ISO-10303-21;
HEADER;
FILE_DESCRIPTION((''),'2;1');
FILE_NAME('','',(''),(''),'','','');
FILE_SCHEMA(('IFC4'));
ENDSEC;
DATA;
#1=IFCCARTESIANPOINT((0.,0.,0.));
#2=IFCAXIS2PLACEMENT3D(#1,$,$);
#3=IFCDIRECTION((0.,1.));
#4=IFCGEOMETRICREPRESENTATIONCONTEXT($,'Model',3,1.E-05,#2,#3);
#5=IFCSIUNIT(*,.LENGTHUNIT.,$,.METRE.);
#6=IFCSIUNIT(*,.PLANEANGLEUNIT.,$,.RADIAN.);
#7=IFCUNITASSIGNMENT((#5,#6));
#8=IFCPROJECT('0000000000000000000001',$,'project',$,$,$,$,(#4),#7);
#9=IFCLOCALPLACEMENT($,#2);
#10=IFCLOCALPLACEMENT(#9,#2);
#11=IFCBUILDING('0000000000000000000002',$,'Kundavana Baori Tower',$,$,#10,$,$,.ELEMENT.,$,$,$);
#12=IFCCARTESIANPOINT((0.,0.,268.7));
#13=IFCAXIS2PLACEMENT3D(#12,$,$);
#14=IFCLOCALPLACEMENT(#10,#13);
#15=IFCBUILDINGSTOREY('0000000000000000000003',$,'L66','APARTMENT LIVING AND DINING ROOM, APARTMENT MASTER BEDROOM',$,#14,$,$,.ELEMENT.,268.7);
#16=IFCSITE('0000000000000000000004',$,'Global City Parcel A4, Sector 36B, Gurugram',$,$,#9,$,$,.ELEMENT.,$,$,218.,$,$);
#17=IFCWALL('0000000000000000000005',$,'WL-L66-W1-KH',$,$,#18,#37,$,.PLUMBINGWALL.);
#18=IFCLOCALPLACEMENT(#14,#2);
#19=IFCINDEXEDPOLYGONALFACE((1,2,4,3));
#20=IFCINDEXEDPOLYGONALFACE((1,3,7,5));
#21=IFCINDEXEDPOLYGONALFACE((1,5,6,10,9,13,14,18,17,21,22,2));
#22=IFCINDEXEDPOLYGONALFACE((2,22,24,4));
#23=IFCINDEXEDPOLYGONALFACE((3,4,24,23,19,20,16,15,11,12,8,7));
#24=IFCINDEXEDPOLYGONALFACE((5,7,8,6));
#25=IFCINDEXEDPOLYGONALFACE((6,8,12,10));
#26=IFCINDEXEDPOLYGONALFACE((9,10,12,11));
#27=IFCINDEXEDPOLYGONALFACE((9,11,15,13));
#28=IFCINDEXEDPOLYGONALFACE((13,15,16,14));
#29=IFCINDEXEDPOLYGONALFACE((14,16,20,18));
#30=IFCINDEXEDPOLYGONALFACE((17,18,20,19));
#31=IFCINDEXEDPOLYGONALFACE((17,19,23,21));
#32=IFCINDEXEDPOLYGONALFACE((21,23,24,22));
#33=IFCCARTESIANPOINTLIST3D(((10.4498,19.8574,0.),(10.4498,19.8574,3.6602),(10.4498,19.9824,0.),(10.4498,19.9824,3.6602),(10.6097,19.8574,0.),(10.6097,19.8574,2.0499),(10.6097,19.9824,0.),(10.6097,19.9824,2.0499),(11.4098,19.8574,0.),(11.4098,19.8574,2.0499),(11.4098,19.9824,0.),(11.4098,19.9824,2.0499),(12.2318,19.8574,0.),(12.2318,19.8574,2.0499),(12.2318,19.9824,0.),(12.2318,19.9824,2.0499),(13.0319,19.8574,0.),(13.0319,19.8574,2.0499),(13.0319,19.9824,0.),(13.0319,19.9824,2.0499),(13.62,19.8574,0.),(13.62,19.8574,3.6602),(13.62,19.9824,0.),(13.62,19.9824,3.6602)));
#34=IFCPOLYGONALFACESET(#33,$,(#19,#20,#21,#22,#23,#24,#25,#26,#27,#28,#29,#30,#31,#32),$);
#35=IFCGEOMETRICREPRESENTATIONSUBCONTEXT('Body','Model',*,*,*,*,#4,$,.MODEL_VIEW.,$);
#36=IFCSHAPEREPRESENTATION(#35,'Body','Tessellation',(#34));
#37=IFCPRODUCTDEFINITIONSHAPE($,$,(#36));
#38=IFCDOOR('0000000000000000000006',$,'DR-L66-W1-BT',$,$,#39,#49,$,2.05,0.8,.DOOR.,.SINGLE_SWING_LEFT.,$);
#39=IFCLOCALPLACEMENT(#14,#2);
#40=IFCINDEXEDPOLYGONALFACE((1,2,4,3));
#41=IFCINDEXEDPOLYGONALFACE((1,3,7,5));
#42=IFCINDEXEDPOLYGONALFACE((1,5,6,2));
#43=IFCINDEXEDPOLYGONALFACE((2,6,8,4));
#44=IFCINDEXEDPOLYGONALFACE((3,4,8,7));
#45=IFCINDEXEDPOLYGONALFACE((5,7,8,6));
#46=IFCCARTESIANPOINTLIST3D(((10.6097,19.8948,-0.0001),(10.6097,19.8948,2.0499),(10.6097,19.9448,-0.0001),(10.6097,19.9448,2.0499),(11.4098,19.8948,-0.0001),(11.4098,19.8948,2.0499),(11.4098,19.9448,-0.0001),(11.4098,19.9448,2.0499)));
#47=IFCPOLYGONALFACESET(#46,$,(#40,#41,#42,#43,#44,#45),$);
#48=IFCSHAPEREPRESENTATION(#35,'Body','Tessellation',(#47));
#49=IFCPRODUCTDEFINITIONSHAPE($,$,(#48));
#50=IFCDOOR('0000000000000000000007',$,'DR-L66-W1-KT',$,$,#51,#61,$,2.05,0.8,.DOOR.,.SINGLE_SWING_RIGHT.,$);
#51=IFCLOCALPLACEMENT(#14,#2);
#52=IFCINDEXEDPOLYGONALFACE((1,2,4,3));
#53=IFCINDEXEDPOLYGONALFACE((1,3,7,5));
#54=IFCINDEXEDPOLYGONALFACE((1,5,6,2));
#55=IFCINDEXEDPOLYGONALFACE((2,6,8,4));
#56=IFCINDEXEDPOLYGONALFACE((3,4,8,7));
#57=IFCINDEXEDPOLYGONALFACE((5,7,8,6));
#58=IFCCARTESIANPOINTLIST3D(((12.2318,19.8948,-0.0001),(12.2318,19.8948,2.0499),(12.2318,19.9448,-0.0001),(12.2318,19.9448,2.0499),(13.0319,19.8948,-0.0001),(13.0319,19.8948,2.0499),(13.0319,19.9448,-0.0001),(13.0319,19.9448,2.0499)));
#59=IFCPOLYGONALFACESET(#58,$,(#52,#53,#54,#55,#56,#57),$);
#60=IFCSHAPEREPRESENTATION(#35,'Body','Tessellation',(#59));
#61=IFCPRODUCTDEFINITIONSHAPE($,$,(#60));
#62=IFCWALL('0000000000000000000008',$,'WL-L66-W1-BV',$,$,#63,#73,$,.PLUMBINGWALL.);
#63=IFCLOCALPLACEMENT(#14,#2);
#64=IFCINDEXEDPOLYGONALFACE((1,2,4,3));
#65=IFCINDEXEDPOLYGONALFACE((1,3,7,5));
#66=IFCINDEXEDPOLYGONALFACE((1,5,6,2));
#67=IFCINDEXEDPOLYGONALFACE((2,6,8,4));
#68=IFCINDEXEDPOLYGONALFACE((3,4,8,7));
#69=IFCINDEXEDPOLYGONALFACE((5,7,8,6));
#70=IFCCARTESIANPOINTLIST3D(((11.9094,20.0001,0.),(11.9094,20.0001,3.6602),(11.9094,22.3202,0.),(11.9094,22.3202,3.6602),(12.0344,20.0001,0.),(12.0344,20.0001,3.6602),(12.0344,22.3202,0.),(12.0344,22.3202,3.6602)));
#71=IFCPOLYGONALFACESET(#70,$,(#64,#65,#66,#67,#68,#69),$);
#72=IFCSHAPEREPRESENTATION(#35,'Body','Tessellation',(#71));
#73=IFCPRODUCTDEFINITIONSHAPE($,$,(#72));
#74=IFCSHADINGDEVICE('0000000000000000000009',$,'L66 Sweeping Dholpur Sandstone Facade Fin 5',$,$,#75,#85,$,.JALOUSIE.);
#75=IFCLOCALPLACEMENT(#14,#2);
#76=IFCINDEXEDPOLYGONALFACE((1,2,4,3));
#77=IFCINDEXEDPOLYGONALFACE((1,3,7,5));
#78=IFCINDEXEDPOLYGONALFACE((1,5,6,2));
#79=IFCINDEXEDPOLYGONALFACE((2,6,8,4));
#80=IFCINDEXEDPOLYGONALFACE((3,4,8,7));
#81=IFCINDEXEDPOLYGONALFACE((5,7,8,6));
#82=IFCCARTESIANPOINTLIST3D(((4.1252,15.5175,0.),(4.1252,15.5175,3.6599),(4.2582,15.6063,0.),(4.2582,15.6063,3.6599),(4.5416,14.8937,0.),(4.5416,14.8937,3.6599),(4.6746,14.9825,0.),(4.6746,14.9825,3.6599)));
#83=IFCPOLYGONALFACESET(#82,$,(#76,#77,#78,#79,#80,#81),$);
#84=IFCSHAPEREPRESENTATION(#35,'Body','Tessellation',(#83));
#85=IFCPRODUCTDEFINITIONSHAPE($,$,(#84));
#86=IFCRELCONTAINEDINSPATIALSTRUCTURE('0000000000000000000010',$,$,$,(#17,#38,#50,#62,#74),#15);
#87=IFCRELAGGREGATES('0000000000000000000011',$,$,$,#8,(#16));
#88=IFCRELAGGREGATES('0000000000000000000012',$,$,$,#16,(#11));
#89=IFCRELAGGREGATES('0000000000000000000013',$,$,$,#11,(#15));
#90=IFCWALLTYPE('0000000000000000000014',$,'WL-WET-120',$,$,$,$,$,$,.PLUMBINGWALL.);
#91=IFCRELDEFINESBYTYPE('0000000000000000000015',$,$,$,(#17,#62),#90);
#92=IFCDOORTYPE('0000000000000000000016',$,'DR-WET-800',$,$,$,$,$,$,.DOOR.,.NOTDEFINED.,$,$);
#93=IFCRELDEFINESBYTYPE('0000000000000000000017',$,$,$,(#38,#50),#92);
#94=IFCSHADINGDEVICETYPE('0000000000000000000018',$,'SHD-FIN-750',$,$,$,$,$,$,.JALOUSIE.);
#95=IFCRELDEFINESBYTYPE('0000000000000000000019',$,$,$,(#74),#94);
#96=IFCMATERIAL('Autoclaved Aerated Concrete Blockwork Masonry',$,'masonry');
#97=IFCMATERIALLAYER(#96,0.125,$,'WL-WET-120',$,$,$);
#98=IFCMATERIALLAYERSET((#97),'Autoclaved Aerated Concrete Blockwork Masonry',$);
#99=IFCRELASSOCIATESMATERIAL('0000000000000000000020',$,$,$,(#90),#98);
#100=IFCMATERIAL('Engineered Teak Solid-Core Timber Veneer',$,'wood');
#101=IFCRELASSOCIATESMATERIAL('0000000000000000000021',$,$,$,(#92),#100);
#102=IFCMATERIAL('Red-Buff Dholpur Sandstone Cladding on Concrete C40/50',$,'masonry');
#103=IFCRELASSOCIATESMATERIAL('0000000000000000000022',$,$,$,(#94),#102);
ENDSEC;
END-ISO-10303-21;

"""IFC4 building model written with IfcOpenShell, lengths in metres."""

from ifc_helpers import new_model, si_unit, direction, frame, frame_2d, origin, origin_2d, place, context, subcontext, project, spatial, rectangle, extrude, material, layer, layer_set, type_object, element, fill, save


model = new_model("IFC4")

# Units and contexts
model_context = context("Model", 3, precision=1e-05, world=origin(), true_north=direction((0.0, 1.0)))
body_context = subcontext(model_context, "Body", "Model", "MODEL_VIEW")
ifc_project = project(units=[si_unit("LENGTHUNIT", "METRE"), si_unit("PLANEANGLEUNIT", "RADIAN")], contexts=[model_context])

# Site, building, storey
site_placement = place(None, origin())
site = spatial("IfcSite", under=ifc_project, at=site_placement, Name="Global City Parcel A4, Sector 36B, Gurugram", CompositionType="ELEMENT", RefElevation=218.0)
building_placement = place(site_placement, origin())
building = spatial("IfcBuilding", under=site, at=building_placement, Name="Kundavana Baori Tower", CompositionType="ELEMENT")
storey_placement = place(building_placement, frame((0.0, 0.0, 268.7)))
storey = spatial("IfcBuildingStorey", under=building, at=storey_placement, Name="L66", Description="APARTMENT LIVING AND DINING ROOM, APARTMENT MASTER BEDROOM", CompositionType="ELEMENT", Elevation=268.7)

# Wall, openings, doors
ifc_material_1 = material(Name="Autoclaved Aerated Concrete Blockwork Masonry", Category="masonry")
ifc_layer_1 = layer(ifc_material_1, 0.125, Name="WL-WET-120")
ifc_layer_set_1 = layer_set([ifc_layer_1], Name="Autoclaved Aerated Concrete Blockwork Masonry")
wall_type_1 = type_object("IfcWallType", Name="WL-WET-120", PredefinedType="PLUMBINGWALL", material=ifc_layer_set_1)
wall_1_placement = place(storey_placement, frame((10.45, 19.9199, 0.0), z_axis=(0.0, 0.0, 1.0), x_axis=(1.0, 0.0, 0.0)))
wall_1 = element("IfcWall", 1, at=wall_1_placement, inside=storey, type_object=wall_type_1, Name="WL-L66-W1-KH", PredefinedType="PLUMBINGWALL", context=body_context, shape_type="SweptSolid", body=[
    extrude(rectangle(XDim=3.1702, YDim=0.125, at=frame_2d((1.585, 0.0))), origin(), (0.0, 0.0, 1.0), 3.6602),
])
opening_1_placement = place(wall_1_placement, frame((0.1599, 0.0, 0.0)))
opening_1 = element("IfcOpeningElement", 2, at=opening_1_placement, cuts=wall_1, PredefinedType="OPENING", context=body_context, shape_type="SweptSolid", body=[
    extrude(rectangle(XDim=0.8, YDim=2.05, at=frame_2d((0.3999, 1.0249))), frame((0.0, 0.0725, 0.0), z_axis=(0.0, -1.0, 0.0), x_axis=(1.0, 0.0, 0.0)), (0.0, 0.0, 1.0), 0.145),
])
opening_2_placement = place(wall_1_placement, frame((1.782, 0.0, 0.0)))
opening_2 = element("IfcOpeningElement", 3, at=opening_2_placement, cuts=wall_1, PredefinedType="OPENING", context=body_context, shape_type="SweptSolid", body=[
    extrude(rectangle(XDim=0.8, YDim=2.05, at=frame_2d((0.3999, 1.0249))), frame((0.0, 0.0725, 0.0), z_axis=(0.0, -1.0, 0.0), x_axis=(1.0, 0.0, 0.0)), (0.0, 0.0, 1.0), 0.145),
])
ifc_material_2 = material(Name="Engineered Teak Solid-Core Timber Veneer", Category="wood")
door_type_1 = type_object("IfcDoorType", Name="DR-WET-800", OperationType="NOTDEFINED", PredefinedType="DOOR", material=ifc_material_2)
door_1_placement = place(opening_1_placement, origin())
door_1 = element("IfcDoor", 4, at=door_1_placement, inside=storey, type_object=door_type_1, Name="DR-L66-W1-BT", OperationType="SINGLE_SWING_LEFT", OverallHeight=2.05, OverallWidth=0.8, PredefinedType="DOOR", context=body_context, shape_type="SweptSolid", body=[
    extrude(rectangle(XDim=0.8, YDim=2.05, at=frame_2d((0.3999, 1.0249))), frame((0.0, 0.0249, 0.0), z_axis=(0.0, -1.0, 0.0), x_axis=(1.0, 0.0, 0.0)), (0.0, 0.0, 1.0), 0.05),
])
fill(opening_1, door_1)
door_2_placement = place(opening_2_placement, origin())
door_2 = element("IfcDoor", 5, at=door_2_placement, inside=storey, type_object=door_type_1, Name="DR-L66-W1-KT", OperationType="SINGLE_SWING_RIGHT", OverallHeight=2.05, OverallWidth=0.8, PredefinedType="DOOR", context=body_context, shape_type="SweptSolid", body=[
    extrude(rectangle(XDim=0.8, YDim=2.05, at=frame_2d((0.3999, 1.0249))), frame((0.0, 0.0249, 0.0), z_axis=(0.0, -1.0, 0.0), x_axis=(1.0, 0.0, 0.0)), (0.0, 0.0, 1.0), 0.05),
])
fill(opening_2, door_2)

# Wall
wall_2_placement = place(storey_placement, frame((11.9719, 20.0, 0.0), z_axis=(0.0, 0.0, 1.0), x_axis=(0.0, 1.0, 0.0)))
element("IfcWall", 6, at=wall_2_placement, inside=storey, type_object=wall_type_1, Name="WL-L66-W1-BV", PredefinedType="PLUMBINGWALL", context=body_context, shape_type="SweptSolid", body=[
    extrude(rectangle(XDim=2.3201, YDim=0.125, at=frame_2d((1.1602, 0.0))), origin(), (0.0, 0.0, 1.0), 3.6602),
])

# Shading device
ifc_material_3 = material(Name="Red-Buff Dholpur Sandstone Cladding on Concrete C40/50", Category="masonry")
shading_device_type = type_object("IfcShadingDeviceType", Name="SHD-FIN-750", PredefinedType="JALOUSIE", material=ifc_material_3)
shading_device_placement = place(storey_placement, frame((4.3999, 15.25, 0.0), z_axis=(0.0, 0.0, 1.0), x_axis=(0.831663, 0.55528, 0.0)))
element("IfcShadingDevice", 7, at=shading_device_placement, inside=storey, type_object=shading_device_type, Name="L66 Sweeping Dholpur Sandstone Facade Fin 5", PredefinedType="JALOUSIE", context=body_context, shape_type="SweptSolid", body=[
    extrude(rectangle(XDim=0.1599, YDim=0.75, at=origin_2d()), origin(), (0.0, 0.0, 1.0), 3.6599),
])

save(model, "model.ifc")
